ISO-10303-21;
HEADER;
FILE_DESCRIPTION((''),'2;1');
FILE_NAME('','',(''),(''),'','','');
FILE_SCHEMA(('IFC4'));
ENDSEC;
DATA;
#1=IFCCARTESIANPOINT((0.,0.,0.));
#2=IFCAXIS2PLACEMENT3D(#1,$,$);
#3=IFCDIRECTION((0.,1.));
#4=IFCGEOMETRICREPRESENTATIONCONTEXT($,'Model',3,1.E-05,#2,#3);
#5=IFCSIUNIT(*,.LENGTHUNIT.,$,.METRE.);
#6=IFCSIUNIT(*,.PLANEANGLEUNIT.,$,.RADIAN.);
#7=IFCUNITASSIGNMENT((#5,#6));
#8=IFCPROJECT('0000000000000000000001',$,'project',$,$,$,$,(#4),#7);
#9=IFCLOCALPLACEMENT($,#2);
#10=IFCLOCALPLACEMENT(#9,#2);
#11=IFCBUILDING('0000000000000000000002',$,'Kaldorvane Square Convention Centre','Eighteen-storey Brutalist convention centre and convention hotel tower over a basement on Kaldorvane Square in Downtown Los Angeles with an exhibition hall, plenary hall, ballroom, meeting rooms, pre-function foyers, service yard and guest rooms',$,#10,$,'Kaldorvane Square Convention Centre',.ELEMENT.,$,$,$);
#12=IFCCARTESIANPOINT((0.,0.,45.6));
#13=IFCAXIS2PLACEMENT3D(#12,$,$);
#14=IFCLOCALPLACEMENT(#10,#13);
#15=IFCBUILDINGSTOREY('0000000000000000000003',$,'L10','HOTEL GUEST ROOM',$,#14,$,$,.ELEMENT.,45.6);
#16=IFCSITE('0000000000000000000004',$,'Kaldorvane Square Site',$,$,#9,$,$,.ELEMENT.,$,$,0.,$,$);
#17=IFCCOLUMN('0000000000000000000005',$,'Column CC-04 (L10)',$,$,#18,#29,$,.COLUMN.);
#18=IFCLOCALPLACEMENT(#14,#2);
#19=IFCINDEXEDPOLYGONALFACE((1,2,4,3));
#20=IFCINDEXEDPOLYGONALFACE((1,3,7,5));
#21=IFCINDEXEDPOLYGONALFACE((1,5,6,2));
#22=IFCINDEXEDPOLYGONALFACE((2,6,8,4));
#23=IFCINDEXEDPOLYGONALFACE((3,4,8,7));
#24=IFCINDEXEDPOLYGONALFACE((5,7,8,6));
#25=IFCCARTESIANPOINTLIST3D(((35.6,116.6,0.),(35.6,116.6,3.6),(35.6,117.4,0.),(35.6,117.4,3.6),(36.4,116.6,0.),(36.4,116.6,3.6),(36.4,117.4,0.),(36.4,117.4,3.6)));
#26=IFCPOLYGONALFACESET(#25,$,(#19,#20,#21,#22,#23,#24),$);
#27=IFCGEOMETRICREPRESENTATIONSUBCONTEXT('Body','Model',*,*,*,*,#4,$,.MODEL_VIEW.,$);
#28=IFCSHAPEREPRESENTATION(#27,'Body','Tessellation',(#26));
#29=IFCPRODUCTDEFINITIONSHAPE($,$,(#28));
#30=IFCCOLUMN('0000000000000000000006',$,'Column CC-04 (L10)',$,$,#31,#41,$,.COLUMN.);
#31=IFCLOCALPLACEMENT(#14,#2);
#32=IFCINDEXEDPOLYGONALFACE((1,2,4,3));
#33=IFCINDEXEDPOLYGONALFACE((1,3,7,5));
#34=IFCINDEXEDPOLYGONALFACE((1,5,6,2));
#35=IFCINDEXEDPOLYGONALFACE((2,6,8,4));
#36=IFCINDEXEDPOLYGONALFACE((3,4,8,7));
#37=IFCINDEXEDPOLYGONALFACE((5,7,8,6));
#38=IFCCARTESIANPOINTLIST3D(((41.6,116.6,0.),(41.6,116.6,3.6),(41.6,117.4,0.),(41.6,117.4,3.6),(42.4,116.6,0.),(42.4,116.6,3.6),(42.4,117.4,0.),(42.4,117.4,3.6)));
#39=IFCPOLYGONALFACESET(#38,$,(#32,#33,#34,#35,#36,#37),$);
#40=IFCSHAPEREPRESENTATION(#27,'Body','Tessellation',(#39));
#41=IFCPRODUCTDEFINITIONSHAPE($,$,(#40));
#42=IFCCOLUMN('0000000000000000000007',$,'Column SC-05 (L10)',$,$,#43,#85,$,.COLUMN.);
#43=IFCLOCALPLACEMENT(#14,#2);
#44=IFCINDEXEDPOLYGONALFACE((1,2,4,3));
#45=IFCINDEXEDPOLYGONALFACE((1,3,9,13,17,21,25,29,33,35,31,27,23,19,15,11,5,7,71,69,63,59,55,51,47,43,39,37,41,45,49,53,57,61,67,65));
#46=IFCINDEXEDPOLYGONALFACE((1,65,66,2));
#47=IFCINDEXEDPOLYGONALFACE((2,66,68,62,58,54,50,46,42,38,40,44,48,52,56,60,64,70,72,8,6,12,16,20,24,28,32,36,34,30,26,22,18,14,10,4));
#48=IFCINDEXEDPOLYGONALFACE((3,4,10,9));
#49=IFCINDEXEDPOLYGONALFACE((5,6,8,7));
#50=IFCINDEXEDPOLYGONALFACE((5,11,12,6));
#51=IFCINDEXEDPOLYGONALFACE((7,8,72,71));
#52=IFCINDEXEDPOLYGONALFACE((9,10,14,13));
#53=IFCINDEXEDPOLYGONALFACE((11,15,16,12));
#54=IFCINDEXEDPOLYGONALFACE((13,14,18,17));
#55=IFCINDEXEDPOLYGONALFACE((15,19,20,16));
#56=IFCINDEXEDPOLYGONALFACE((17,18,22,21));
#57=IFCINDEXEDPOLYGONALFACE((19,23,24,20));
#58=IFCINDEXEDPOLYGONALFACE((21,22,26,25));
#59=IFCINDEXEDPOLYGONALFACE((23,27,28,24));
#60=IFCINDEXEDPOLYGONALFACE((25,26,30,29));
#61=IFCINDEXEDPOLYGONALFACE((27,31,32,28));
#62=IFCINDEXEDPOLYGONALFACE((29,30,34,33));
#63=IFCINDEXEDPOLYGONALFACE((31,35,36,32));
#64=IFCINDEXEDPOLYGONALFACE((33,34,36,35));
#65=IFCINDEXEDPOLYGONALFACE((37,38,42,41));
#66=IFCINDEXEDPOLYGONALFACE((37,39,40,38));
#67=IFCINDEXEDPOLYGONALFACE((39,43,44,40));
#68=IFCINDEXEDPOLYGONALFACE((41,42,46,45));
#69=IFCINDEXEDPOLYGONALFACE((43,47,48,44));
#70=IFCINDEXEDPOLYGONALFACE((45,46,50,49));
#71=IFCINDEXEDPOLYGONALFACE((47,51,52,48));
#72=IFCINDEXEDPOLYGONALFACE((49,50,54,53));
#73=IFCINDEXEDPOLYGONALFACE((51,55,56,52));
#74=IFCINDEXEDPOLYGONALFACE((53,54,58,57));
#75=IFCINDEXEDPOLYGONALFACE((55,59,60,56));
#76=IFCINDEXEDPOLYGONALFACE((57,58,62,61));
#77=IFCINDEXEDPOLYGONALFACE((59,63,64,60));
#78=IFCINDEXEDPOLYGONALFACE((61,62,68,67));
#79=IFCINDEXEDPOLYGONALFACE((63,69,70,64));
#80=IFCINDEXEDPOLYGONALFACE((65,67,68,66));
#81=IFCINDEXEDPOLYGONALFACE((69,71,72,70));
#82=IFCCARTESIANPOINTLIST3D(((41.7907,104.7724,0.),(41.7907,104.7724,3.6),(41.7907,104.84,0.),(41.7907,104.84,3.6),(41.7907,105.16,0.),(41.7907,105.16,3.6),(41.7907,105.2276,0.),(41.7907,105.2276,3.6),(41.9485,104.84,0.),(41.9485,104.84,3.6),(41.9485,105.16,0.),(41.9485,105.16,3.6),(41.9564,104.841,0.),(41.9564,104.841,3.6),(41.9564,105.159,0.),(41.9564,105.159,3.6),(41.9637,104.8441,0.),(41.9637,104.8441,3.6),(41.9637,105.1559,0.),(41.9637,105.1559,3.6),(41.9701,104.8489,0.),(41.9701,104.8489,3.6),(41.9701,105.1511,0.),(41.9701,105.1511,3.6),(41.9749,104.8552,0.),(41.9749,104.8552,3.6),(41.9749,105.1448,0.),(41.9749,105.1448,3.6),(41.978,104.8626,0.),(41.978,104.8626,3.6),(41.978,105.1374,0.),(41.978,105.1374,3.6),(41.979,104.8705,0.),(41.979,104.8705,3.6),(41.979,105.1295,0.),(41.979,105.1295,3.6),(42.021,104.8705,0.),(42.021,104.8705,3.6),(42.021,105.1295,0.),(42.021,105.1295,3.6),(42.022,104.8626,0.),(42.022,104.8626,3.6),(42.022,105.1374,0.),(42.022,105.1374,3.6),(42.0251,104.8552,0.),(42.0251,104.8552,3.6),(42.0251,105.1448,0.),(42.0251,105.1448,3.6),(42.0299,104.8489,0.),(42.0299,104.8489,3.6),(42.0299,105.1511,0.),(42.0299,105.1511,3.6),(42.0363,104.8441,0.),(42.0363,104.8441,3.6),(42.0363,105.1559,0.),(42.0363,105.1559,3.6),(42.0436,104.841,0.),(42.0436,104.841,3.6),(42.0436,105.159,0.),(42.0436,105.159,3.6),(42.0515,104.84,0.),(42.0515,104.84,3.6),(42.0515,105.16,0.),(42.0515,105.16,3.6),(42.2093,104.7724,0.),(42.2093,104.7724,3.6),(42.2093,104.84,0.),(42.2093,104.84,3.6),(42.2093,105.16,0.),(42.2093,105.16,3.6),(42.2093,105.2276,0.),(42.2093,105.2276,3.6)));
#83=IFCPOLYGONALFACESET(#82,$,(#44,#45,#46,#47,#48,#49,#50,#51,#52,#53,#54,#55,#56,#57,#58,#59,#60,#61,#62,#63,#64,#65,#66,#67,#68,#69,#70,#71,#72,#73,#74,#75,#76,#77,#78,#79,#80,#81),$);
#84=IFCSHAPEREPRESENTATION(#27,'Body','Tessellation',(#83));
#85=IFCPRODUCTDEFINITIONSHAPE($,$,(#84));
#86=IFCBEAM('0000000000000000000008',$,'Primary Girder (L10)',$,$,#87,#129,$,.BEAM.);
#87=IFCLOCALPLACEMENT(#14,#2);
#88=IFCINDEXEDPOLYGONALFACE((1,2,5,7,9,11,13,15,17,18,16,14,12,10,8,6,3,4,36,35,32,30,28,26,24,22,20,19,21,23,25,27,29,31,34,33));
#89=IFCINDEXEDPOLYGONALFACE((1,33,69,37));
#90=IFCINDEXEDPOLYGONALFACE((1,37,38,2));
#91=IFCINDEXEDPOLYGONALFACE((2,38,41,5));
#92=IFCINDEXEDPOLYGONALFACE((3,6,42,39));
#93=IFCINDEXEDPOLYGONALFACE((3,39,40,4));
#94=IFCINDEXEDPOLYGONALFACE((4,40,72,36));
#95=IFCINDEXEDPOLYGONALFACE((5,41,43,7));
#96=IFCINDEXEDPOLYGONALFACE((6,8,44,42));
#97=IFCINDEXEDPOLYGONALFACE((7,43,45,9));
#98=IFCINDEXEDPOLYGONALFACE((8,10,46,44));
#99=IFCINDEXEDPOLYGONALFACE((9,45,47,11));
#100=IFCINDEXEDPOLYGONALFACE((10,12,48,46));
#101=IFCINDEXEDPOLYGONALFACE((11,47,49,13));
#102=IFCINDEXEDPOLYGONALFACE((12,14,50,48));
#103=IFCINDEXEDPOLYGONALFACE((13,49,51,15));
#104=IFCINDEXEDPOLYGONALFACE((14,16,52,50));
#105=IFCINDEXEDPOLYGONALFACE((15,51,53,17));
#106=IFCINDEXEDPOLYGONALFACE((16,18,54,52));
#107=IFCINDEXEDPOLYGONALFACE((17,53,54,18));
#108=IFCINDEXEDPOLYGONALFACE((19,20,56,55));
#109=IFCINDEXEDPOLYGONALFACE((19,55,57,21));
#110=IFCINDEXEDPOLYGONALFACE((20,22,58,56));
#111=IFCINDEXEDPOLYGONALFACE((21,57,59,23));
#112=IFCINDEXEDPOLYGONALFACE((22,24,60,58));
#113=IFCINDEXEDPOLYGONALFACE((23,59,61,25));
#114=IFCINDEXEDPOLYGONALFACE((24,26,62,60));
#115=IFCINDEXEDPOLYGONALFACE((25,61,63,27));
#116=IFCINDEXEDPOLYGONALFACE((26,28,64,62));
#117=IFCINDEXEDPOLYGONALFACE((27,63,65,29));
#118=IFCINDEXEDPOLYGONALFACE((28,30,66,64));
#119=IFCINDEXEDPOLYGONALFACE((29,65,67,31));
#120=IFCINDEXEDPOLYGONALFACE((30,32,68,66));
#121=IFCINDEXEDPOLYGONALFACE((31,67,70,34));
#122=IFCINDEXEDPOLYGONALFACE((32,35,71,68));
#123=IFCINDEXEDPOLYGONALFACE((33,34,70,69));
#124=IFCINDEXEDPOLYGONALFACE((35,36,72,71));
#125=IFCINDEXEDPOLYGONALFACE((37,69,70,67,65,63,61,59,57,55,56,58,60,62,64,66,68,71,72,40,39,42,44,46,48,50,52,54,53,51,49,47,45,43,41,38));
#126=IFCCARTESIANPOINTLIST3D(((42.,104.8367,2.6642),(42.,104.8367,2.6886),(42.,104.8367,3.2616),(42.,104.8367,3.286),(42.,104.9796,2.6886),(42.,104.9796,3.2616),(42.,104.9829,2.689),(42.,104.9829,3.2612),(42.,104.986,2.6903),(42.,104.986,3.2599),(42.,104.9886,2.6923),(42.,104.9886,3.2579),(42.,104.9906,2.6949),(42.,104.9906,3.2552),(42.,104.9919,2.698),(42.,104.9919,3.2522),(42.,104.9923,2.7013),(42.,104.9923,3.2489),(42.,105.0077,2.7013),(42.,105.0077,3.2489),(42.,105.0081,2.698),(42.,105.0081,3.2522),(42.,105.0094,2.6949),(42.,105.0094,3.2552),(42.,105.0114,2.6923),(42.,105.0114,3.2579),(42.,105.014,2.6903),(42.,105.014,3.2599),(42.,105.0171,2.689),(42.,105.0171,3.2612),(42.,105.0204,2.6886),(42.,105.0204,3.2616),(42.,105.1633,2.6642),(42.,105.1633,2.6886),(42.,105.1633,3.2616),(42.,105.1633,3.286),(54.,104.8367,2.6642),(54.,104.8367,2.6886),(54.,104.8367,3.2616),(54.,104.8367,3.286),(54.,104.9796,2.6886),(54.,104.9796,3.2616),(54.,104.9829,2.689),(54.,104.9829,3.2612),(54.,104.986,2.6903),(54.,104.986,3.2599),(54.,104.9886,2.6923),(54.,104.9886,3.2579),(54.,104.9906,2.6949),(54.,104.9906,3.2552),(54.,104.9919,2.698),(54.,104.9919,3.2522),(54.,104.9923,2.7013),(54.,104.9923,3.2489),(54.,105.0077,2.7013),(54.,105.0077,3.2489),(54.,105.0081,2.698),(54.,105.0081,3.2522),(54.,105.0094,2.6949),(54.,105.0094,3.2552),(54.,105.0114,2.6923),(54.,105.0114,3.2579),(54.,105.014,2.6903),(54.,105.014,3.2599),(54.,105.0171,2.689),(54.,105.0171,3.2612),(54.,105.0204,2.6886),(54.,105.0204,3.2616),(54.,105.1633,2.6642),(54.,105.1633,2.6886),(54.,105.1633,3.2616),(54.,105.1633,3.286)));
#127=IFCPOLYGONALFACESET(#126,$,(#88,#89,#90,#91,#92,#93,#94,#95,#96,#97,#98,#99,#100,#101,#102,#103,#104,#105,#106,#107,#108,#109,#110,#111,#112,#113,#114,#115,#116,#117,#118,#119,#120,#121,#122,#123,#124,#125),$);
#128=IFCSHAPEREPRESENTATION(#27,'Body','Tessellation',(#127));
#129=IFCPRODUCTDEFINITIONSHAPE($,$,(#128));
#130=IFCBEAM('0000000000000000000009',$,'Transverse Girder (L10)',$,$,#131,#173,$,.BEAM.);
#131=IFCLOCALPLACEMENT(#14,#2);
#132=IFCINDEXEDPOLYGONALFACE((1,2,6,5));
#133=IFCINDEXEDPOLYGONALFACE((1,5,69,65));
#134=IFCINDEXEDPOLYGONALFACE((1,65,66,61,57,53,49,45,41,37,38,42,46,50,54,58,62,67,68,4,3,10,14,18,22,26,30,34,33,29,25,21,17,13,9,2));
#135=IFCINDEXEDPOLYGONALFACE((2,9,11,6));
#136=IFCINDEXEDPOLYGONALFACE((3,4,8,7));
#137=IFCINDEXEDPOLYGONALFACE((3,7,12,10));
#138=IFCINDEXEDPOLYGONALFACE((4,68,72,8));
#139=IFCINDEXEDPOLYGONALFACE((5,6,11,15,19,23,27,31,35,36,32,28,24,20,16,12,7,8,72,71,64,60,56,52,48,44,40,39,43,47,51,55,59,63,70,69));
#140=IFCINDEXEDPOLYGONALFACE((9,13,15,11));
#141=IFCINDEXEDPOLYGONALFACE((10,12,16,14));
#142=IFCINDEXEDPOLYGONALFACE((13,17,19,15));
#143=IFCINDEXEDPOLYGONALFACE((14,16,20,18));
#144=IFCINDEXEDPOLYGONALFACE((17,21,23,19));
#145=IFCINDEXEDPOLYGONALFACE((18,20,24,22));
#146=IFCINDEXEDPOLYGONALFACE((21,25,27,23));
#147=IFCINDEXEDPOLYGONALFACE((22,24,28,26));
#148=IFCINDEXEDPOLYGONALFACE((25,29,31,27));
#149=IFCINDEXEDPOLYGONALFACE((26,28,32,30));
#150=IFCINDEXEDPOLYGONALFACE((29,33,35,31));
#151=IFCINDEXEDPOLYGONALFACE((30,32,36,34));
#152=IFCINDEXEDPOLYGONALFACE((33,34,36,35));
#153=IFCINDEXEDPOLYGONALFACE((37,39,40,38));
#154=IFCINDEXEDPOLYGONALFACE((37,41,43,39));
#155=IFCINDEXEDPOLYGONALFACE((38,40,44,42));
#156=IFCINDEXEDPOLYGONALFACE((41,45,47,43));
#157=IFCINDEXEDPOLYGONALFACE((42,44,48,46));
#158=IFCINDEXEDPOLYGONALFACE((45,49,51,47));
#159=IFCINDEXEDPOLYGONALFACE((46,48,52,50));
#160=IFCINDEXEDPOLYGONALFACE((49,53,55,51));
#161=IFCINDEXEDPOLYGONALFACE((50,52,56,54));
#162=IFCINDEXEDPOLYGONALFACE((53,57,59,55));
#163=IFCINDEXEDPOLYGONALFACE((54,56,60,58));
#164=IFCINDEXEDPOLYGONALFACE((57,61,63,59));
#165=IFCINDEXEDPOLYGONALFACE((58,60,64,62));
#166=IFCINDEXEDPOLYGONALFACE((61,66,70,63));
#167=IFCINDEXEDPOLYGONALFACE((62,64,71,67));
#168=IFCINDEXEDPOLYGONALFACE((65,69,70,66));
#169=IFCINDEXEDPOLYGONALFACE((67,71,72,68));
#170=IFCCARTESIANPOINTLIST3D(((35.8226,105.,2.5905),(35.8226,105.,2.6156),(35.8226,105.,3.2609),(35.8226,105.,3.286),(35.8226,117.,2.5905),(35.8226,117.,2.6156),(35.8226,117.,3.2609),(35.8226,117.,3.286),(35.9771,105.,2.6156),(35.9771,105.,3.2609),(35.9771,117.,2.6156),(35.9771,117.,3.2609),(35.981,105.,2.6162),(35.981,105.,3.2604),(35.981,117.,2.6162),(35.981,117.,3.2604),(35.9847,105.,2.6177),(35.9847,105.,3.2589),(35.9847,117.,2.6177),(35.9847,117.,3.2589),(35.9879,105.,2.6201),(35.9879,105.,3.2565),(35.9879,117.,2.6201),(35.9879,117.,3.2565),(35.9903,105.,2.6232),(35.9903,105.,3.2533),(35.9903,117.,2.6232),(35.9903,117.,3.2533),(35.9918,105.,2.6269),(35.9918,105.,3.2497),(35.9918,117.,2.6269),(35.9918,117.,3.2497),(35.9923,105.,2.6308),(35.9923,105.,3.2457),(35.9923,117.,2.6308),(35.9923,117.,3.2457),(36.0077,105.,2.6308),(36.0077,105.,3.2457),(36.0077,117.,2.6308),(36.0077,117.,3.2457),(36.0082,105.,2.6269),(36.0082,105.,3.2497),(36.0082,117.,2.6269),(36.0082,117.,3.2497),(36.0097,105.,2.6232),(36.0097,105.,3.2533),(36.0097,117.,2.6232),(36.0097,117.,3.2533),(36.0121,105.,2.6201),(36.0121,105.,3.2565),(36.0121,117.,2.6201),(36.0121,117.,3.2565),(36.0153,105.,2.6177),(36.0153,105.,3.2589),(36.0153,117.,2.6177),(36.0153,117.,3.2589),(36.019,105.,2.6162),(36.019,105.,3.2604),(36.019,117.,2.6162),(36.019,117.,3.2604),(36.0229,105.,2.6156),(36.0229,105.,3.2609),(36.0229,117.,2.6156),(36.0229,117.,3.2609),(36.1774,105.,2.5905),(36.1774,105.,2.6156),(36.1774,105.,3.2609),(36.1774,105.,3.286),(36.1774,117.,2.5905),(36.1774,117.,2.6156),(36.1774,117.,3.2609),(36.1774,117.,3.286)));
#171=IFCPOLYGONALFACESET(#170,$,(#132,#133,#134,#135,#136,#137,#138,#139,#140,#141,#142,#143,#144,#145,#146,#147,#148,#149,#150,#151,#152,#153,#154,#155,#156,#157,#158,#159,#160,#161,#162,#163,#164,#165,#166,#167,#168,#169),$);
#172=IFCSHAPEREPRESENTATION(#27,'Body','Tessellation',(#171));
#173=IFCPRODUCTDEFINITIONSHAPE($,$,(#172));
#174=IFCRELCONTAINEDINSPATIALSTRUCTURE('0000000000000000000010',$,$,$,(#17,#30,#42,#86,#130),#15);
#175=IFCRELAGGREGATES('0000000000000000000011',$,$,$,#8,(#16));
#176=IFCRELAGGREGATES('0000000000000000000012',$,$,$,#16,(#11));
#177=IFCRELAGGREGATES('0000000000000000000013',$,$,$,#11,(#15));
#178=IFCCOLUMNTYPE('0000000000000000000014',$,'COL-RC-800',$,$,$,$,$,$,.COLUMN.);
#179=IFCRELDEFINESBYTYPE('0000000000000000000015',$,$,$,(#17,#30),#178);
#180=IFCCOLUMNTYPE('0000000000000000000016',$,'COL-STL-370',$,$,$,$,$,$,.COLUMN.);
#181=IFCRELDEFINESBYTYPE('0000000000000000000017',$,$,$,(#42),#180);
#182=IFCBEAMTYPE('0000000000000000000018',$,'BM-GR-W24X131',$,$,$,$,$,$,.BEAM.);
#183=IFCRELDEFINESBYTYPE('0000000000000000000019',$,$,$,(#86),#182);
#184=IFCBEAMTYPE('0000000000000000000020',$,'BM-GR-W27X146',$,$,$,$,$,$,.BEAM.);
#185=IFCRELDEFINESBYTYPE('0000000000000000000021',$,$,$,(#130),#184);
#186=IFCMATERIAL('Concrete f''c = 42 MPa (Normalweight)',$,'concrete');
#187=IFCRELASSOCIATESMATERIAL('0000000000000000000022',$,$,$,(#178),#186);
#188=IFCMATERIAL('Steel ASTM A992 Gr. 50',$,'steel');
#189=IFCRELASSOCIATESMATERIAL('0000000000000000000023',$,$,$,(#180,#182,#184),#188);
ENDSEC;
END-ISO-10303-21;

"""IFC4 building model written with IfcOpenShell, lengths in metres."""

from ifc_helpers import new_model, si_unit, direction, frame, origin, origin_2d, place, context, subcontext, project, spatial, rectangle, i_section, extrude, material, material_profile, profile_set, type_object, element, save


model = new_model("IFC4")

# Units and contexts
model_context = context("Model", 3, precision=1e-05, world=origin(), true_north=direction((0.0, 1.0)))
body_context = subcontext(model_context, "Body", "Model", "MODEL_VIEW")
ifc_project = project(units=[si_unit("LENGTHUNIT", "METRE"), si_unit("PLANEANGLEUNIT", "RADIAN")], contexts=[model_context])

# Site, building, storey
site_placement = place(None, origin())
site = spatial("IfcSite", under=ifc_project, at=site_placement, Name="Kaldorvane Square Site", CompositionType="ELEMENT", RefElevation=0.0)
building_placement = place(site_placement, origin())
building = spatial("IfcBuilding", under=site, at=building_placement, Name="Kaldorvane Square Convention Centre", Description="Eighteen-storey Brutalist convention centre and convention hotel tower over a basement on Kaldorvane Square in Downtown Los Angeles with an exhibition hall, plenary hall, ballroom, meeting rooms, pre-function foyers, service yard and guest rooms", LongName="Kaldorvane Square Convention Centre", CompositionType="ELEMENT")
storey_placement = place(building_placement, frame((0.0, 0.0, 45.6)))
storey = spatial("IfcBuildingStorey", under=building, at=storey_placement, Name="L10", Description="HOTEL GUEST ROOM", CompositionType="ELEMENT", Elevation=45.6)

# Columns
ifc_material_1 = material(Name="Concrete f'c = 42 MPa (Normalweight)", Category="concrete")
ifc_material_profile_1 = material_profile(ifc_material_1, rectangle(XDim=0.8, YDim=0.8, at=origin_2d()), Name="RC800X800")
ifc_profile_set_1 = profile_set([ifc_material_profile_1], Name="Concrete f'c = 42 MPa (Normalweight)")
column_type_1 = type_object("IfcColumnType", Name="COL-RC-800", PredefinedType="COLUMN", material=ifc_profile_set_1)
for number, where, z_axis, x_axis, name in (
    (1, (36.0, 117.0, 0.0), (0.0, 0.0, 1.0), (1.0, 0.0, 0.0), "Column CC-04 (L10)"),
    (2, (42.0, 117.0, 0.0), (0.0, 0.0, 1.0), (1.0, 0.0, 0.0), "Column CC-04 (L10)"),
):
    element("IfcColumn", number, at=place(storey_placement, frame(where, z_axis=z_axis, x_axis=x_axis)), inside=storey, type_object=column_type_1, Name=name, PredefinedType="COLUMN", context=body_context, shape_type="SweptSolid", body=[
        extrude(rectangle(XDim=0.8, YDim=0.8, at=origin_2d()), origin(), (0.0, 0.0, 1.0), 3.6),
    ])
ifc_material_2 = material(Name="Steel ASTM A992 Gr. 50", Category="steel")
ifc_material_profile_2 = material_profile(ifc_material_2, i_section(OverallWidth=0.4185, OverallDepth=0.4552, WebThickness=0.042, FlangeThickness=0.0676, FilletRadius=0.0305, at=origin_2d()), Name="W14X370")
ifc_profile_set_2 = profile_set([ifc_material_profile_2], Name="Steel ASTM A992 Gr. 50")
column_type_2 = type_object("IfcColumnType", Name="COL-STL-370", PredefinedType="COLUMN", material=ifc_profile_set_2)
column_placement = place(storey_placement, frame((42.0, 105.0, 0.0), z_axis=(0.0, 0.0, 1.0), x_axis=(1.0, 0.0, 0.0)))
element("IfcColumn", 3, at=column_placement, inside=storey, type_object=column_type_2, Name="Column SC-05 (L10)", PredefinedType="COLUMN", context=body_context, shape_type="SweptSolid", body=[
    extrude(i_section(OverallWidth=0.4185, OverallDepth=0.4552, WebThickness=0.042, FlangeThickness=0.0676, FilletRadius=0.0305, at=origin_2d()), origin(), (0.0, 0.0, 1.0), 3.6),
])

# Beams
ifc_material_profile_3 = material_profile(ifc_material_2, i_section(OverallWidth=0.3265, OverallDepth=0.6218, WebThickness=0.0154, FlangeThickness=0.0244, FilletRadius=0.0127, at=origin_2d()), Name="W24X131")
ifc_profile_set_3 = profile_set([ifc_material_profile_3], Name="Steel ASTM A992 Gr. 50")
beam_type_1 = type_object("IfcBeamType", Name="BM-GR-W24X131", PredefinedType="BEAM", material=ifc_profile_set_3)
beam_1_placement = place(storey_placement, frame((42.0, 105.0, 2.9751), z_axis=(1.0, 0.0, 0.0), x_axis=(0.0, 1.0, 0.0)))
element("IfcBeam", 4, at=beam_1_placement, inside=storey, type_object=beam_type_1, Name="Primary Girder (L10)", PredefinedType="BEAM", context=body_context, shape_type="SweptSolid", body=[
    extrude(i_section(OverallWidth=0.3265, OverallDepth=0.6218, WebThickness=0.0154, FlangeThickness=0.0244, FilletRadius=0.0127, at=origin_2d()), origin(), (0.0, 0.0, 1.0), 12.0),
])
ifc_material_profile_4 = material_profile(ifc_material_2, i_section(OverallWidth=0.3547, OverallDepth=0.6955, WebThickness=0.0154, FlangeThickness=0.0251, FilletRadius=0.0152, at=origin_2d()), Name="W27X146")
ifc_profile_set_4 = profile_set([ifc_material_profile_4], Name="Steel ASTM A992 Gr. 50")
beam_type_2 = type_object("IfcBeamType", Name="BM-GR-W27X146", PredefinedType="BEAM", material=ifc_profile_set_4)
for number, where, z_axis, x_axis, name in (
    (5, (36.0, 105.0, 2.9383), (0.0, 1.0, 0.0), (-1.0, 0.0, 0.0), "Transverse Girder (L10)"),
):
    element("IfcBeam", number, at=place(storey_placement, frame(where, z_axis=z_axis, x_axis=x_axis)), inside=storey, type_object=beam_type_2, Name=name, PredefinedType="BEAM", context=body_context, shape_type="SweptSolid", body=[
        extrude(i_section(OverallWidth=0.3547, OverallDepth=0.6955, WebThickness=0.0154, FlangeThickness=0.0251, FilletRadius=0.0152, at=origin_2d()), origin(), (0.0, 0.0, 1.0), 12.0),
    ])

save(model, "model.ifc")
